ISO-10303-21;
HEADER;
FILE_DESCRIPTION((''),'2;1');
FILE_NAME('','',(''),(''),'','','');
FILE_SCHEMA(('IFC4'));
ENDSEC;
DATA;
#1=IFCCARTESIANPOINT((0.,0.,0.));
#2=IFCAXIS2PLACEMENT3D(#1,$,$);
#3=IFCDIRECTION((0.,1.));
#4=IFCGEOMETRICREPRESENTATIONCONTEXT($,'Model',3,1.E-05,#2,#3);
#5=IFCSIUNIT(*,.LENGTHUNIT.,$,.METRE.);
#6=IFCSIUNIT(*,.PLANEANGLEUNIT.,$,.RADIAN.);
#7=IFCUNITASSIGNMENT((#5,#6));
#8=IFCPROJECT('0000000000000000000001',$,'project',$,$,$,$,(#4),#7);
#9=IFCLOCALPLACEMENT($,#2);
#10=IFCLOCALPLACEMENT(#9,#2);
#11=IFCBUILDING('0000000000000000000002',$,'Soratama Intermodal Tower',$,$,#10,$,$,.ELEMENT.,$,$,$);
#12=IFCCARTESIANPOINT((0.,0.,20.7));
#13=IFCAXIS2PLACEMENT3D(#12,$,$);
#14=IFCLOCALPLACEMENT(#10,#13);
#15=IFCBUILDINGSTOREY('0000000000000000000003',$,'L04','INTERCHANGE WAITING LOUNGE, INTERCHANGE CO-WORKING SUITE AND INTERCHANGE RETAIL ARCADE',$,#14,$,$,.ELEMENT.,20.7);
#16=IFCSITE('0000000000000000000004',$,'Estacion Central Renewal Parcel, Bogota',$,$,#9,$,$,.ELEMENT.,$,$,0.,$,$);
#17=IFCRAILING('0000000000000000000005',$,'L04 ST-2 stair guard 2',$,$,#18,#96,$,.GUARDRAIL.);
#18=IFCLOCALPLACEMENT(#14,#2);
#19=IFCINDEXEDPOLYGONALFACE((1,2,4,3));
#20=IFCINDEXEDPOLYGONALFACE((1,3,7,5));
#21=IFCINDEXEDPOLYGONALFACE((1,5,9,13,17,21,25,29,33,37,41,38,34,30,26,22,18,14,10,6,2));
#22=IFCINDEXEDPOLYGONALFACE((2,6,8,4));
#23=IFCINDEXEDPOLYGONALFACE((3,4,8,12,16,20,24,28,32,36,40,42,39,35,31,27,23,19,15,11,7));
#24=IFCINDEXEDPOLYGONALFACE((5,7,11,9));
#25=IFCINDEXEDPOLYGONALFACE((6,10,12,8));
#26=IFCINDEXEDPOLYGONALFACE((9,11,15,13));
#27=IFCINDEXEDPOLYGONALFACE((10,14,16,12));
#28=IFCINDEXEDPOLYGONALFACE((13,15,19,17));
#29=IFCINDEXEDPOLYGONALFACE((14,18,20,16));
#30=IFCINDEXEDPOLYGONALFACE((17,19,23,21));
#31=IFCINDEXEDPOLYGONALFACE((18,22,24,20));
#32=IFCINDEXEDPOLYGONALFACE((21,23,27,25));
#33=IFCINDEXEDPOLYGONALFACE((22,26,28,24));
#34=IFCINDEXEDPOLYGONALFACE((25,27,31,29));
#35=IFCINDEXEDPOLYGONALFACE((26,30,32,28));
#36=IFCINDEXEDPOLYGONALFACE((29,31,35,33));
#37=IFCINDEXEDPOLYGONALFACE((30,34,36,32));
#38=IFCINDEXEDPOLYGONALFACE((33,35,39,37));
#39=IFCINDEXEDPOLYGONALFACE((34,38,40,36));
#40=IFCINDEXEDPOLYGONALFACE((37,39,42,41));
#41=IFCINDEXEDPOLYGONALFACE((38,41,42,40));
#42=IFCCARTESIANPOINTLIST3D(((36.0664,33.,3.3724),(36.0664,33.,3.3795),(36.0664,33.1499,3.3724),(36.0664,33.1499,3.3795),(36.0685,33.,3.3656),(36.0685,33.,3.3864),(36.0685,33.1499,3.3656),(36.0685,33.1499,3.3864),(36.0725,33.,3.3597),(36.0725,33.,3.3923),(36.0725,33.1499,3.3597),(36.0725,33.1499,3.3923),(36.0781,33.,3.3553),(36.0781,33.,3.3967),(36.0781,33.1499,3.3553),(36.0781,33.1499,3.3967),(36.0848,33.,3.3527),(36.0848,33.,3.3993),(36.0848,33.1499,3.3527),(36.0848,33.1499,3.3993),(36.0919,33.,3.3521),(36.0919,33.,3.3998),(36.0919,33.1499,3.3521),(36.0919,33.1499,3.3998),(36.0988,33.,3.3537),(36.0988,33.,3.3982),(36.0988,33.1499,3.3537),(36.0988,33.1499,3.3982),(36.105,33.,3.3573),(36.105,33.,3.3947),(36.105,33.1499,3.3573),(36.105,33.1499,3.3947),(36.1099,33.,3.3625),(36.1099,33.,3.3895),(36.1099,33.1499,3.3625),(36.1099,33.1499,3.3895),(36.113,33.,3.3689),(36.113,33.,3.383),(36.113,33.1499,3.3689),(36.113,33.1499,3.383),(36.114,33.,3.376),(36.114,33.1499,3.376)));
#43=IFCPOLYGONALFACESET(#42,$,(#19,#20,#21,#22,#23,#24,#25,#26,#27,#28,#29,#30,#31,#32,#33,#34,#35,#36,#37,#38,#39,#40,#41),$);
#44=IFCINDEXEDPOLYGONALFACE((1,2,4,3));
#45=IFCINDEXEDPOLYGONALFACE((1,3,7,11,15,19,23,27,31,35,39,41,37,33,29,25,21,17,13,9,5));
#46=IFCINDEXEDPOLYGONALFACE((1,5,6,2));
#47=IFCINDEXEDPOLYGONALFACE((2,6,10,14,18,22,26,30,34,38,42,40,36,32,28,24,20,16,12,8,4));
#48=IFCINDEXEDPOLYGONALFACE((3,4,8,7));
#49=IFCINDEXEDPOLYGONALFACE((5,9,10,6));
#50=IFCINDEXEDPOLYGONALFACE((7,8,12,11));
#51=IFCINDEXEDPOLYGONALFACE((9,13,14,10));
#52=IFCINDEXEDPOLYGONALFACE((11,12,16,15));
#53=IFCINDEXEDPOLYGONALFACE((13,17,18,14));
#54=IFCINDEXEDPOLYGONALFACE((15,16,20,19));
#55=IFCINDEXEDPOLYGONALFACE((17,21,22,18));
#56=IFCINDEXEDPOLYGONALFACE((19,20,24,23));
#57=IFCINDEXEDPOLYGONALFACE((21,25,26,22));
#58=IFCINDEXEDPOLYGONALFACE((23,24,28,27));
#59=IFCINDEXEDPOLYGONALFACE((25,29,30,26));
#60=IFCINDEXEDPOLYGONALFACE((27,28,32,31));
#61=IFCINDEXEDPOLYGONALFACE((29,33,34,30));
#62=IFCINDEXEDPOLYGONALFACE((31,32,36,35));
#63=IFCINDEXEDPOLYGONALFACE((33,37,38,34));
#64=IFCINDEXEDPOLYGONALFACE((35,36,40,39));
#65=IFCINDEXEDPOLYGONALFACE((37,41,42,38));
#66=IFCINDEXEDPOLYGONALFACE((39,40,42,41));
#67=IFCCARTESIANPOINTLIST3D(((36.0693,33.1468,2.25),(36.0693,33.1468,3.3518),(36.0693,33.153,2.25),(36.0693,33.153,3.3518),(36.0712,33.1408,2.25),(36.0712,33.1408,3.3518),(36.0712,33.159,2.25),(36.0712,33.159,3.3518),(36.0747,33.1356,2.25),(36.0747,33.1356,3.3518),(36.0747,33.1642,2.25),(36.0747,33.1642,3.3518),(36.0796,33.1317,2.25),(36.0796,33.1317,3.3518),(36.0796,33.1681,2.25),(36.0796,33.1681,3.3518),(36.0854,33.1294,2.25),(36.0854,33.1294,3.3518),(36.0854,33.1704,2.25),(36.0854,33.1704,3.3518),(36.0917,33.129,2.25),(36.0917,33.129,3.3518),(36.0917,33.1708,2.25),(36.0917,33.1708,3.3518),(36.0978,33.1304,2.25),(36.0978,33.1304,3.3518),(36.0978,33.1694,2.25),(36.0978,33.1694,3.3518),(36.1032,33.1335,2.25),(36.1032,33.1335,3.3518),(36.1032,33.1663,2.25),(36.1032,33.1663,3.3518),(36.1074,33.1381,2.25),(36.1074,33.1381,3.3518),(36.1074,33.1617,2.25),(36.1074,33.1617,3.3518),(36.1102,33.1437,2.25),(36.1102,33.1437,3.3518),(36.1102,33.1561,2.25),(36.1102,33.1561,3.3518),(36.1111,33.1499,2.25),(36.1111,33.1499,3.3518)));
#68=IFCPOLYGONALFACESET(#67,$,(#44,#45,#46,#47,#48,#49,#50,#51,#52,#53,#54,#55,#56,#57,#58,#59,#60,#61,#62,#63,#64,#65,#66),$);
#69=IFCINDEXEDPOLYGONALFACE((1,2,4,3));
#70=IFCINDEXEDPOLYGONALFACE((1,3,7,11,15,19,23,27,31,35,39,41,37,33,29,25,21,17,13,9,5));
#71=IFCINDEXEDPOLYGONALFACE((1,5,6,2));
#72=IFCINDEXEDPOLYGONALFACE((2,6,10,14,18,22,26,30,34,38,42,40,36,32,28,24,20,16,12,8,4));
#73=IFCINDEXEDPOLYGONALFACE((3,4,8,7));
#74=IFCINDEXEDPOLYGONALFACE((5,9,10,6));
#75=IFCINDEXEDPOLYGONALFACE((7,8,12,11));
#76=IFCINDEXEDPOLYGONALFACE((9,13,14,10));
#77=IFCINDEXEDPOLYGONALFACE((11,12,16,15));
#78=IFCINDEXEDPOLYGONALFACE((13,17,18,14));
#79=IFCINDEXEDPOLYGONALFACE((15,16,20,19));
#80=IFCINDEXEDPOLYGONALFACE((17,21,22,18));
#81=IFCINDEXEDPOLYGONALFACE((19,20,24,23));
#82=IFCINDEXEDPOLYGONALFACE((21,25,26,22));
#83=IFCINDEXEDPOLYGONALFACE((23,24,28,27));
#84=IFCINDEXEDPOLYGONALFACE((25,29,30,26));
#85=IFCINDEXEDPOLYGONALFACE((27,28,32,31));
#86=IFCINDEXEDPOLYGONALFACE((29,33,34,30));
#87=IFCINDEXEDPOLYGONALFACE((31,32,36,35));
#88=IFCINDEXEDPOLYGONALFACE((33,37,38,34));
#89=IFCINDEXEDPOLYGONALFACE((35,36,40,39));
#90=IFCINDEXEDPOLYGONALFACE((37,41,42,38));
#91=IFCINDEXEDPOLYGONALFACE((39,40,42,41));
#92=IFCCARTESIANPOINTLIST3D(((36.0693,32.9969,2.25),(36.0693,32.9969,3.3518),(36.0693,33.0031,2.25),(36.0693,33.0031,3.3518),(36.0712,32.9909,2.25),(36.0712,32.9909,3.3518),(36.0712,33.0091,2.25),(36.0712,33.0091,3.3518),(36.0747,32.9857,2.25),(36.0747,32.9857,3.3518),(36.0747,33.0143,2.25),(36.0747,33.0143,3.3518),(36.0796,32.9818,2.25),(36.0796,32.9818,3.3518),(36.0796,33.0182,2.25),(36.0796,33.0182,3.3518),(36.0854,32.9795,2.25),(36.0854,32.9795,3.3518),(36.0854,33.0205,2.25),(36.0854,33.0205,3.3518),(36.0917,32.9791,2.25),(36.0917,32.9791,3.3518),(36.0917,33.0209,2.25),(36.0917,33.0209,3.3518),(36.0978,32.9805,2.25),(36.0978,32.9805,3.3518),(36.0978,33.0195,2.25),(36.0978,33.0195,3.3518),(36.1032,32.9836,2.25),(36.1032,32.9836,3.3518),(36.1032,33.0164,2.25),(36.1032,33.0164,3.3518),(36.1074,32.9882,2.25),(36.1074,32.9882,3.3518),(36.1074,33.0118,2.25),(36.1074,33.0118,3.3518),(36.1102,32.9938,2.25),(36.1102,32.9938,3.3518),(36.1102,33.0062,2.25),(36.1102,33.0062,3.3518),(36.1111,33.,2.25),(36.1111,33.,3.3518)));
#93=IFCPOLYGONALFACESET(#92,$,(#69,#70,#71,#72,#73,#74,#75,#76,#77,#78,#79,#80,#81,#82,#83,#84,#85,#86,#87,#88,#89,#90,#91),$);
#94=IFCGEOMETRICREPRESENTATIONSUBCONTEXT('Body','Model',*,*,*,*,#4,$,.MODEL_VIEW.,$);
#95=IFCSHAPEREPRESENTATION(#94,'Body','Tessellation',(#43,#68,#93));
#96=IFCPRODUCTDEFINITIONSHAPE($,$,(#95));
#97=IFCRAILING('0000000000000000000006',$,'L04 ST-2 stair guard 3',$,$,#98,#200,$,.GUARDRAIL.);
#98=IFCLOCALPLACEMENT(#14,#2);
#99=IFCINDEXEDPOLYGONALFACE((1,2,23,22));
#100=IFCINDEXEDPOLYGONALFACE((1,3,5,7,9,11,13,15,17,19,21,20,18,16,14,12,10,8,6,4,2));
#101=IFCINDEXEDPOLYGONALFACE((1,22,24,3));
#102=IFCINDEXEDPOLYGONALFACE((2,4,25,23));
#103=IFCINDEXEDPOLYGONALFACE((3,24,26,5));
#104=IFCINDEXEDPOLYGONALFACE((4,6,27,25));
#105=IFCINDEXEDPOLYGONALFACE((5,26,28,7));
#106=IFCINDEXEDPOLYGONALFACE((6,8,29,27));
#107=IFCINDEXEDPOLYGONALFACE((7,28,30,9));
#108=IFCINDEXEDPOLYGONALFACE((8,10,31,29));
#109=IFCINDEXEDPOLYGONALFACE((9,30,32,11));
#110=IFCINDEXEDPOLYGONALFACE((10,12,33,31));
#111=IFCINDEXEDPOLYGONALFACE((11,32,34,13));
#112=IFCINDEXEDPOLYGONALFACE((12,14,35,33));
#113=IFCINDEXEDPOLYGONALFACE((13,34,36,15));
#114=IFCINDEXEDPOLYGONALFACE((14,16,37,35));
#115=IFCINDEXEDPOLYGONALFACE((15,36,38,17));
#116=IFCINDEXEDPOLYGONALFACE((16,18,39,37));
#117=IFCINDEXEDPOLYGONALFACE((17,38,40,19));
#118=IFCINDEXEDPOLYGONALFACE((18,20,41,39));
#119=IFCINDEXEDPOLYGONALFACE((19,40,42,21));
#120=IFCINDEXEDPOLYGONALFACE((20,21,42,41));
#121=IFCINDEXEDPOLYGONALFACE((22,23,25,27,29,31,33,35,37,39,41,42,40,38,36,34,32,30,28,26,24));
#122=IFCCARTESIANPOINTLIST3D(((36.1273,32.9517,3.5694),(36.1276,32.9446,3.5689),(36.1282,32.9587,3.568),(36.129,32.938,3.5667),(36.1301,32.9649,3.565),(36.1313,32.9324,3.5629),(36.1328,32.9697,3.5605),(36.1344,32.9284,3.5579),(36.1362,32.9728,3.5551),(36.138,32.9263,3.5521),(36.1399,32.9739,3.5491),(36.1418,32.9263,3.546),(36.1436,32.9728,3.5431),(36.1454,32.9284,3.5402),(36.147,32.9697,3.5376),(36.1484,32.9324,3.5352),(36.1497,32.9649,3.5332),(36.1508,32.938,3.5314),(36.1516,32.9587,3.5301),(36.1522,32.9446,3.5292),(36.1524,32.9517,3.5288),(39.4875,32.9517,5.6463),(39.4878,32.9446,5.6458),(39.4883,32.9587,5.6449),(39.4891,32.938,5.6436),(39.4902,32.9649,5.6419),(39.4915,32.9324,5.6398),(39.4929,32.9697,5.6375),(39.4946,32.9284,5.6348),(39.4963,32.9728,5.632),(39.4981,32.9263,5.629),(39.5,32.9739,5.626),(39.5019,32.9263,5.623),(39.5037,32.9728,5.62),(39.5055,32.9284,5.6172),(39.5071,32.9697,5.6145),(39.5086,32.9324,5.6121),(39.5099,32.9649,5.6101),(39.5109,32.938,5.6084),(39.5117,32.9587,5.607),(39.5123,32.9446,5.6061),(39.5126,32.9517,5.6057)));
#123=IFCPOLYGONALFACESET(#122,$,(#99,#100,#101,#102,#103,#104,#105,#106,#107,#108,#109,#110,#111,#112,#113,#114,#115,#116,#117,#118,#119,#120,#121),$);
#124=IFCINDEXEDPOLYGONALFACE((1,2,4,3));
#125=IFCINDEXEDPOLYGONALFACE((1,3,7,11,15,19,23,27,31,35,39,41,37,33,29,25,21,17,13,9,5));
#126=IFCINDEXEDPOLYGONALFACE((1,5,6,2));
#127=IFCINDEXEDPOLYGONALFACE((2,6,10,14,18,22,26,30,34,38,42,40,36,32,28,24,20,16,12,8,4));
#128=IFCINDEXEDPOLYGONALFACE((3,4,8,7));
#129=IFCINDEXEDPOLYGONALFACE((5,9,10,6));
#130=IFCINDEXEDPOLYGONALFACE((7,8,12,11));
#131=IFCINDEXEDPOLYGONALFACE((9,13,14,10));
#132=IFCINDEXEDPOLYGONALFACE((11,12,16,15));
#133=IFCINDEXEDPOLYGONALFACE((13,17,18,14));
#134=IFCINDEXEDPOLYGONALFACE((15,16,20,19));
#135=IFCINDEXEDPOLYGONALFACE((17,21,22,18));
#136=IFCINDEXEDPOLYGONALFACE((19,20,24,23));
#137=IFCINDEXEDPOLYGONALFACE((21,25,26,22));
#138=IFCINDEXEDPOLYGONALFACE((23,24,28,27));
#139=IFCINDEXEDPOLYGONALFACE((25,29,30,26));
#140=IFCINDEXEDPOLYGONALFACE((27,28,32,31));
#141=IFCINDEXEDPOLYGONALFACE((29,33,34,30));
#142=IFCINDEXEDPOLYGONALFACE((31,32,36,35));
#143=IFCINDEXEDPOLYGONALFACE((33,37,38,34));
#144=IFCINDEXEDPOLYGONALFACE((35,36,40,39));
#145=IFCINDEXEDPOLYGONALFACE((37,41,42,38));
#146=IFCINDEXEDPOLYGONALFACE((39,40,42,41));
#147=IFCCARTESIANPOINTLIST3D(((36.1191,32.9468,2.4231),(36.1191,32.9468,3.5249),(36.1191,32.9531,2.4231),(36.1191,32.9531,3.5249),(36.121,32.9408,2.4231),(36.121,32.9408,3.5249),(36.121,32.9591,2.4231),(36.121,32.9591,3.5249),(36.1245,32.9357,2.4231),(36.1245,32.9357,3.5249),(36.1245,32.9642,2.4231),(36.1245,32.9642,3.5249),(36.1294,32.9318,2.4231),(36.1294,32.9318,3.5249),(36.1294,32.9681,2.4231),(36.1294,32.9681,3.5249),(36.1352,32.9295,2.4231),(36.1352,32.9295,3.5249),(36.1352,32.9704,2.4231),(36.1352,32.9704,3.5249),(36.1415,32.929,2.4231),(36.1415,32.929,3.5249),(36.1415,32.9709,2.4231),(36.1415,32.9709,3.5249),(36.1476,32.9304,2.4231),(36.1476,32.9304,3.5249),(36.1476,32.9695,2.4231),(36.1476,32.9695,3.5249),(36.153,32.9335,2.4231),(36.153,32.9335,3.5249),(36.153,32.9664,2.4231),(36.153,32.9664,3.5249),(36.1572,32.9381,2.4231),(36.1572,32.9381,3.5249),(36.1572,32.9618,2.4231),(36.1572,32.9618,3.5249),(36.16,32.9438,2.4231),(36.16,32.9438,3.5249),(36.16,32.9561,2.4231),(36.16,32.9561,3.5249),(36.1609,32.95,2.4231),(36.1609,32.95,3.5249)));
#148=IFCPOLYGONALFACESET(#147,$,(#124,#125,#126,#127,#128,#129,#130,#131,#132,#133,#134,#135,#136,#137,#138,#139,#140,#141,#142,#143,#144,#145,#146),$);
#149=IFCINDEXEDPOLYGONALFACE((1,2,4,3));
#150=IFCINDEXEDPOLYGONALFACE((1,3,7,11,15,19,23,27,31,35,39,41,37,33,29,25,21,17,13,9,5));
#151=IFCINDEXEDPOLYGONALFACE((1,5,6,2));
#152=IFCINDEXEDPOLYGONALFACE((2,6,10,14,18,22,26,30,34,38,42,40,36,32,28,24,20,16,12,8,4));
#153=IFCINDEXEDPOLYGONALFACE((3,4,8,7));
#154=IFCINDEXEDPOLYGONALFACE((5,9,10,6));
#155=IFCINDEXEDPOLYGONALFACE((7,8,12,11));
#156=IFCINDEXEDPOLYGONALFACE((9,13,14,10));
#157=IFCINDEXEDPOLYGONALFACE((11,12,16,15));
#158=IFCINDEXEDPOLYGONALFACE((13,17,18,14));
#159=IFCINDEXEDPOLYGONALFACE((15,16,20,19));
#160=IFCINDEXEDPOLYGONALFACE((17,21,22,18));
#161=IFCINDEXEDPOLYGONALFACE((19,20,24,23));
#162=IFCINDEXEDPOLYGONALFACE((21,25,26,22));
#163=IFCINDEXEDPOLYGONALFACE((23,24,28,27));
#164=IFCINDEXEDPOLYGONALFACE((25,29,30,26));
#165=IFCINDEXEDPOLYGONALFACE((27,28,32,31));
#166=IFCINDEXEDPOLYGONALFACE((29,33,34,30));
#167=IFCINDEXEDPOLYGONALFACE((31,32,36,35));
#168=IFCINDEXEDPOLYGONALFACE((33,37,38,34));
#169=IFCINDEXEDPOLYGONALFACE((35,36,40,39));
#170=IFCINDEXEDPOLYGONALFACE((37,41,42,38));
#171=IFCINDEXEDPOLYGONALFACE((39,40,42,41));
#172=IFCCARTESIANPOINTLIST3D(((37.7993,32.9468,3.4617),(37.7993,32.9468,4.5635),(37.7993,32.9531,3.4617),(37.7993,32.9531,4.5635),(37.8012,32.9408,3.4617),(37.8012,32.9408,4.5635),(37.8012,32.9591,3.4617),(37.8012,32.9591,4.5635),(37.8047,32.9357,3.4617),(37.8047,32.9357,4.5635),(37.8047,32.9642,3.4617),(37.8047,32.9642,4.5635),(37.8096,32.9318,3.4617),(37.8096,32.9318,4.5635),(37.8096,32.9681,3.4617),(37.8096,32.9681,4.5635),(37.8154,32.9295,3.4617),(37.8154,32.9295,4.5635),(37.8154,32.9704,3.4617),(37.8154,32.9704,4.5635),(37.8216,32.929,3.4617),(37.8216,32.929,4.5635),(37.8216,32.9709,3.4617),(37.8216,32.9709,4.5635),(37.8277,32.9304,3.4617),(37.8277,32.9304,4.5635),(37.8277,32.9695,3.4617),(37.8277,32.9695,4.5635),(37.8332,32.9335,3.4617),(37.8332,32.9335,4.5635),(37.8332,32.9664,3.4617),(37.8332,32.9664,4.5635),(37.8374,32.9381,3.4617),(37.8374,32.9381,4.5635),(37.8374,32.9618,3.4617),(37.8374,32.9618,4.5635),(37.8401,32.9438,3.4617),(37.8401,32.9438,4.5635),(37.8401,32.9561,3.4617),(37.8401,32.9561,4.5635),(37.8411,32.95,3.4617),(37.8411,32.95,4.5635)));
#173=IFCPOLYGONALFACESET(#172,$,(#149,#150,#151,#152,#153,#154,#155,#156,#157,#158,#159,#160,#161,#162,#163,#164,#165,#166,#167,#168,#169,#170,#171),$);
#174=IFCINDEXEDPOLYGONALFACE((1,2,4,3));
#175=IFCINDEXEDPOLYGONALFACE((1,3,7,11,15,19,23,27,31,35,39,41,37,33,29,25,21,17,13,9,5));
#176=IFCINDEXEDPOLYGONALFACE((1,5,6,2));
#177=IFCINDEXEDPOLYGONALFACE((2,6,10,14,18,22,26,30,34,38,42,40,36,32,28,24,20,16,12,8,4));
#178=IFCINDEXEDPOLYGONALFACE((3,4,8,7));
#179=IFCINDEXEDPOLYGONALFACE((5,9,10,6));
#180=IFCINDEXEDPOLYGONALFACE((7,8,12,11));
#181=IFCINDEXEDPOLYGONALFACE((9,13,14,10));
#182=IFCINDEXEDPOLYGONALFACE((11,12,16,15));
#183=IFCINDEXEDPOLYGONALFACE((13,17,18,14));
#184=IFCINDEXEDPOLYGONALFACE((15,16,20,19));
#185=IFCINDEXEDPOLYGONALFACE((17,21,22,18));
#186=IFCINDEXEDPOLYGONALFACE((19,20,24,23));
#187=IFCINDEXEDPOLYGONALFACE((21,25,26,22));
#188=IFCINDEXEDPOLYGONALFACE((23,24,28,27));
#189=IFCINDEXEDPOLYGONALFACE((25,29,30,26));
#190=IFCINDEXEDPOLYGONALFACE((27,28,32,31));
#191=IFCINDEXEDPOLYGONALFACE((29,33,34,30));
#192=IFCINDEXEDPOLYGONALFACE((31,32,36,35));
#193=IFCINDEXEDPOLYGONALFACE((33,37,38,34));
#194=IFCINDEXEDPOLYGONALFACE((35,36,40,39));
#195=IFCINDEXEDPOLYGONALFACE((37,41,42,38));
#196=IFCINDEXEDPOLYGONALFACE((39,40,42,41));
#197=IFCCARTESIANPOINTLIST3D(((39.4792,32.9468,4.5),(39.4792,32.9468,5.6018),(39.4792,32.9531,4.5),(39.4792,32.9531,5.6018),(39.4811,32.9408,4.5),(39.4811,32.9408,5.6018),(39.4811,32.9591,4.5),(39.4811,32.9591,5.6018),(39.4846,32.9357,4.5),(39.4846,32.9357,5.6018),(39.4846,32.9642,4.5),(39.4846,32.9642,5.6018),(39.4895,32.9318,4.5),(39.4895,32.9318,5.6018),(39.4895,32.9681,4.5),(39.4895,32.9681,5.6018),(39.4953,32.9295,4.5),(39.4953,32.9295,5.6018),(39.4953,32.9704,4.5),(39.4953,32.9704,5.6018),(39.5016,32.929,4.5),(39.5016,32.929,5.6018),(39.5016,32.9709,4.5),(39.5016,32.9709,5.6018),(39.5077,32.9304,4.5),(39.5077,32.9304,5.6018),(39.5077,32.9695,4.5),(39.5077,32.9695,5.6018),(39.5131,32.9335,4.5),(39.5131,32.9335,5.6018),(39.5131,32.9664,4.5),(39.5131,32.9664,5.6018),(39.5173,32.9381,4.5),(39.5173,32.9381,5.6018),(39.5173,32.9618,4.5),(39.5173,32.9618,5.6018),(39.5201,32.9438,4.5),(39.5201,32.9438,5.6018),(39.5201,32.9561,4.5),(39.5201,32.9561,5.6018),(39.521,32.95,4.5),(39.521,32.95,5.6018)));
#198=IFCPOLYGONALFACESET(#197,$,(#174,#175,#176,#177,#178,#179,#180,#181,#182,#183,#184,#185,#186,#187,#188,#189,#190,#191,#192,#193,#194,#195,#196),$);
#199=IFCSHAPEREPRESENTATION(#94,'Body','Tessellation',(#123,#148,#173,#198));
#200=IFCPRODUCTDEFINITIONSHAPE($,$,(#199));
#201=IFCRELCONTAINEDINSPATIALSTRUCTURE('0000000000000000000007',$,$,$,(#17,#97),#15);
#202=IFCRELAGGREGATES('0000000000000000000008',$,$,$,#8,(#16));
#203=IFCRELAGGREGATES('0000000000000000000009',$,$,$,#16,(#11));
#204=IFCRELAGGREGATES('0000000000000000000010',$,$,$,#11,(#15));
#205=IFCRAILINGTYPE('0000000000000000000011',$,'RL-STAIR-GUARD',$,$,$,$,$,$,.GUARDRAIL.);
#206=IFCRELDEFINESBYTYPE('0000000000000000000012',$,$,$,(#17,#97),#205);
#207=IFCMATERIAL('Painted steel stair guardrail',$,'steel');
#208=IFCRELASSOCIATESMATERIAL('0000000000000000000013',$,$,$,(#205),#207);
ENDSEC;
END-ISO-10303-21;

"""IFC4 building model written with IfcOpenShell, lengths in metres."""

from ifc_helpers import new_model, si_unit, direction, frame, origin, origin_2d, place, context, subcontext, project, spatial, circle, extrude, material, type_object, element, save


model = new_model("IFC4")

# Units and contexts
model_context = context("Model", 3, precision=1e-05, world=origin(), true_north=direction((0.0, 1.0)))
body_context = subcontext(model_context, "Body", "Model", "MODEL_VIEW")
ifc_project = project(units=[si_unit("LENGTHUNIT", "METRE"), si_unit("PLANEANGLEUNIT", "RADIAN")], contexts=[model_context])

# Site, building, storey
site_placement = place(None, origin())
site = spatial("IfcSite", under=ifc_project, at=site_placement, Name="Estacion Central Renewal Parcel, Bogota", CompositionType="ELEMENT", RefElevation=0.0)
building_placement = place(site_placement, origin())
building = spatial("IfcBuilding", under=site, at=building_placement, Name="Soratama Intermodal Tower", CompositionType="ELEMENT")
storey_placement = place(building_placement, frame((0.0, 0.0, 20.7)))
storey = spatial("IfcBuildingStorey", under=building, at=storey_placement, Name="L04", Description="INTERCHANGE WAITING LOUNGE, INTERCHANGE CO-WORKING SUITE AND INTERCHANGE RETAIL ARCADE", CompositionType="ELEMENT", Elevation=20.7)

# Railings
ifc_material_1 = material(Name="Painted steel stair guardrail", Category="steel")
railing_type = type_object("IfcRailingType", Name="RL-STAIR-GUARD", PredefinedType="GUARDRAIL", material=ifc_material_1)
railing_1_placement = place(storey_placement, frame((36.0901, 33.1499, 2.25)))
element("IfcRailing", 1, at=railing_1_placement, inside=storey, type_object=railing_type, Name="L04 ST-2 stair guard 2", PredefinedType="GUARDRAIL", context=body_context, shape_type="SweptSolid", body=[
    extrude(circle(Radius=0.0239, at=origin_2d()), frame((0.0, 0.0, 1.126), z_axis=(0.0, -1.0, 0.0), x_axis=(1.0, 0.0, 0.0)), (0.0, 0.0, 1.0), 0.1499),
    extrude(circle(Radius=0.021, at=origin_2d()), origin(), (0.0, 0.0, 1.0), 1.1018),
    extrude(circle(Radius=0.021, at=origin_2d()), frame((0.0, -0.1499, 0.0)), (0.0, 0.0, 1.0), 1.1018),
])
railing_2_placement = place(storey_placement, frame((36.1399, 32.95, 2.4231)))
element("IfcRailing", 2, at=railing_2_placement, inside=storey, type_object=railing_type, Name="L04 ST-2 stair guard 3", PredefinedType="GUARDRAIL", context=body_context, shape_type="SweptSolid", body=[
    extrude(circle(Radius=0.0239, at=origin_2d()), frame((0.0, 0.0, 1.126), z_axis=(0.850623, 0.0, 0.525776), x_axis=(0.0, 1.0, 0.0)), (0.0, 0.0, 1.0), 3.9502),
    extrude(circle(Radius=0.021, at=origin_2d()), origin(), (0.0, 0.0, 1.0), 1.1018),
    extrude(circle(Radius=0.021, at=origin_2d()), frame((1.6802, 0.0, 1.0386)), (0.0, 0.0, 1.0), 1.1018),
    extrude(circle(Radius=0.021, at=origin_2d()), frame((3.3601, 0.0, 2.0769)), (0.0, 0.0, 1.0), 1.1018),
])

save(model, "model.ifc")
